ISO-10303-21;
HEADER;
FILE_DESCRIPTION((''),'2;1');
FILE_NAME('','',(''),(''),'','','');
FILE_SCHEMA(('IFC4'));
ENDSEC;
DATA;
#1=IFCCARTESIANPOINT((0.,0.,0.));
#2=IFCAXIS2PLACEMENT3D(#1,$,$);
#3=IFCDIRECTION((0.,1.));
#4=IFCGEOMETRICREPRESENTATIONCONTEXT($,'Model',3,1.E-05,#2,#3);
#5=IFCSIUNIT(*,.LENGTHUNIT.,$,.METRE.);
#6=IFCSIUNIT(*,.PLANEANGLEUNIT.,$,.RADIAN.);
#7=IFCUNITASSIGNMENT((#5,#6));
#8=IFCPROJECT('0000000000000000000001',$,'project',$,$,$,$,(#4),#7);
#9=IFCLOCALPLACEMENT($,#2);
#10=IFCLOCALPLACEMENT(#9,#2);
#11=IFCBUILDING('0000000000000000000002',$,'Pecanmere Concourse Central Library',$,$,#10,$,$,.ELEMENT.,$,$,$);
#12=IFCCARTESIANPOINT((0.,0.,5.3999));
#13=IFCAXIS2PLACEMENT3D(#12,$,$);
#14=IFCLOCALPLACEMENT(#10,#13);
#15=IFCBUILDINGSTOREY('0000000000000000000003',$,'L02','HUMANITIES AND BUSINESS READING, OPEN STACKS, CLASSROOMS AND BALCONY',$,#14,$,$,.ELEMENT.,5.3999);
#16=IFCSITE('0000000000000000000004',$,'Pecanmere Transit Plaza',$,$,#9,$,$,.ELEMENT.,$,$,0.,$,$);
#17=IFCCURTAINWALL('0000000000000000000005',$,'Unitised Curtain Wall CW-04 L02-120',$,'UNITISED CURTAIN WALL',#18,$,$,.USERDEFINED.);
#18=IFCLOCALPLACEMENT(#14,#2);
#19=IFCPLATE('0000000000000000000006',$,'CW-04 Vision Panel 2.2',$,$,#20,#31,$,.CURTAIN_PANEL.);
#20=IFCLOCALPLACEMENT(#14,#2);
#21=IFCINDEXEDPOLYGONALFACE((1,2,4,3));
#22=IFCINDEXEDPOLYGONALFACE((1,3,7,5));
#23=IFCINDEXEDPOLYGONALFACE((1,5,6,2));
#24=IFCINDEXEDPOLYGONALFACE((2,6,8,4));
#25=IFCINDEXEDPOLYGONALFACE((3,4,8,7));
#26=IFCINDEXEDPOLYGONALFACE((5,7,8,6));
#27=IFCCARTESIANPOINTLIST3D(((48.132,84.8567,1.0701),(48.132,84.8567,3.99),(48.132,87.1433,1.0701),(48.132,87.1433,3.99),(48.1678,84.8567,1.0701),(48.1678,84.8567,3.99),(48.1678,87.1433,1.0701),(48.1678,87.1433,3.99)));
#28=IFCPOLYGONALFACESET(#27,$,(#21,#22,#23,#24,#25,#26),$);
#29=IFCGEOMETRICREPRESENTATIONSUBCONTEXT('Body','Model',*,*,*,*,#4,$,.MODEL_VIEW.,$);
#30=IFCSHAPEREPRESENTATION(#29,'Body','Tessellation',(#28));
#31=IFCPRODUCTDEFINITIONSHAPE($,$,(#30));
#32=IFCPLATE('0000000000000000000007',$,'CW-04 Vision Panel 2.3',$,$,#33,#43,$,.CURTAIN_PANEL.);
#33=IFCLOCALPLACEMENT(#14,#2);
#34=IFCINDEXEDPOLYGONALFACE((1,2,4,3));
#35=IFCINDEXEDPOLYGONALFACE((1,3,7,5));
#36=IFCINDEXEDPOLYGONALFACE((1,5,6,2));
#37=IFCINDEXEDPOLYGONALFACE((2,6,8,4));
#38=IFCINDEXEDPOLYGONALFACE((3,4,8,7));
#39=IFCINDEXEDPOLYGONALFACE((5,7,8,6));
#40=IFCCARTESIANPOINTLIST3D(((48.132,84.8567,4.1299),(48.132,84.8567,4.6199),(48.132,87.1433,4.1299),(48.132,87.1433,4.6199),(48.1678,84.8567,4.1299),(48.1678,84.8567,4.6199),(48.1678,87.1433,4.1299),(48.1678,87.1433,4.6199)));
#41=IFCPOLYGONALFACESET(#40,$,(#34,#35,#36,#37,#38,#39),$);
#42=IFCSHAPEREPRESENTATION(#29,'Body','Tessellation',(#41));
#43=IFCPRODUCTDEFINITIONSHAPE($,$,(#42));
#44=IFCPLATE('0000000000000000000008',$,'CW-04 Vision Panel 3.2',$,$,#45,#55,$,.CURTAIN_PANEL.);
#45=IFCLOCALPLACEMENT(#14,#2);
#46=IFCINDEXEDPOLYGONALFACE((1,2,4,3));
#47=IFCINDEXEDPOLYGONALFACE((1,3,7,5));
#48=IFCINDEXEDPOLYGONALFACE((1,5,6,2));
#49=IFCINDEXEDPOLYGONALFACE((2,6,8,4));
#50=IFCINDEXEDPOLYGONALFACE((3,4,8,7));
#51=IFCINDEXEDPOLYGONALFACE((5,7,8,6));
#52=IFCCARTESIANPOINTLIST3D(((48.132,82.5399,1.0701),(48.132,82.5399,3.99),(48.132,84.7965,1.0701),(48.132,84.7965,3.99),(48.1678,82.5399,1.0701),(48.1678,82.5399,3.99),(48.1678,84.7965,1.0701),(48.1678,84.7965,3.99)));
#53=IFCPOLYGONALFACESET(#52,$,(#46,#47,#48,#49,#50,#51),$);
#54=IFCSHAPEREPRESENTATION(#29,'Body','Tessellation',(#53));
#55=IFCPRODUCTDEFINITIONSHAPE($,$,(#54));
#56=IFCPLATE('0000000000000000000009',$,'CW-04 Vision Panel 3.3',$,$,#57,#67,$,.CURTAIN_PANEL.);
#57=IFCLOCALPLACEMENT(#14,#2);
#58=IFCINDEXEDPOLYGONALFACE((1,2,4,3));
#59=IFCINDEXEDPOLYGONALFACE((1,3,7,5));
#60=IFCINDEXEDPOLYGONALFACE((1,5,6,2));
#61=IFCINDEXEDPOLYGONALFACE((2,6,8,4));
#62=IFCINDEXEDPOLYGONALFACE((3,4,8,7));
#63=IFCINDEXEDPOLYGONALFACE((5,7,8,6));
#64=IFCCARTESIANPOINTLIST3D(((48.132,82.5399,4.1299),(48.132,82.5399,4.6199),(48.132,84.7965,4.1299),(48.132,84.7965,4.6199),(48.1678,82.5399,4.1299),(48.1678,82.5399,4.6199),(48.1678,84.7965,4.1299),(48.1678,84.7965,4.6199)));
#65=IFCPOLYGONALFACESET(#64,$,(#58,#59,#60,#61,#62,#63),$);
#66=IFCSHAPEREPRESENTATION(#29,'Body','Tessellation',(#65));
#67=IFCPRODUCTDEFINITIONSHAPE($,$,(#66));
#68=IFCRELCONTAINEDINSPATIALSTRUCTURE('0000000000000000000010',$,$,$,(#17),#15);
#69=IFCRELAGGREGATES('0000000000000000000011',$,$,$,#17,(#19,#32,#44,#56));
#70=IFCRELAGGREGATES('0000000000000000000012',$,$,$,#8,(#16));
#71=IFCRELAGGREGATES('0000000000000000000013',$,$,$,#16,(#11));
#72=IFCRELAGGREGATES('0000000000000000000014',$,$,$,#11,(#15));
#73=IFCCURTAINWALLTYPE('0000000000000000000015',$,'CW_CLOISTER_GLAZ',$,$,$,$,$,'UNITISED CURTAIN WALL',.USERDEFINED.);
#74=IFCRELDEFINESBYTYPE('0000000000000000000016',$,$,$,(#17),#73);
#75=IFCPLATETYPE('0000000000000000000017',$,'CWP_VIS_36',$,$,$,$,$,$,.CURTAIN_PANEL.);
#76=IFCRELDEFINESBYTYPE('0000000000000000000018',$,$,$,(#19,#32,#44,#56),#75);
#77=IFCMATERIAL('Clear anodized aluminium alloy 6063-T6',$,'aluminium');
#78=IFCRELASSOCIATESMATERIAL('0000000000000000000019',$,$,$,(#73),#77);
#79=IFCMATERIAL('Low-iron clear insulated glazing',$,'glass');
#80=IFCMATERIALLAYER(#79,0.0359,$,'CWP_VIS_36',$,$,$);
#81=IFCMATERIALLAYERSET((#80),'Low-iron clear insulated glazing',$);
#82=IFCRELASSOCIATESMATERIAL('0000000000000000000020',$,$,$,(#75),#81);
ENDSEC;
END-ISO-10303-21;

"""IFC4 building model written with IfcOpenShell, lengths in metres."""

from ifc_helpers import new_model, si_unit, direction, frame, origin, origin_2d, place, context, subcontext, project, spatial, rectangle, extrude, material, layer, layer_set, type_object, element, aggregate, save


model = new_model("IFC4")

# Units and contexts
model_context = context("Model", 3, precision=1e-05, world=origin(), true_north=direction((0.0, 1.0)))
body_context = subcontext(model_context, "Body", "Model", "MODEL_VIEW")
ifc_project = project(units=[si_unit("LENGTHUNIT", "METRE"), si_unit("PLANEANGLEUNIT", "RADIAN")], contexts=[model_context])

# Site, building, storey
site_placement = place(None, origin())
site = spatial("IfcSite", under=ifc_project, at=site_placement, Name="Pecanmere Transit Plaza", CompositionType="ELEMENT", RefElevation=0.0)
building_placement = place(site_placement, origin())
building = spatial("IfcBuilding", under=site, at=building_placement, Name="Pecanmere Concourse Central Library", CompositionType="ELEMENT")
storey_placement = place(building_placement, frame((0.0, 0.0, 5.3999)))
storey = spatial("IfcBuildingStorey", under=building, at=storey_placement, Name="L02", Description="HUMANITIES AND BUSINESS READING, OPEN STACKS, CLASSROOMS AND BALCONY", CompositionType="ELEMENT", Elevation=5.3999)

# Curtain wall
ifc_material_1 = material(Name="Clear anodized aluminium alloy 6063-T6", Category="aluminium")
curtain_wall_type = type_object("IfcCurtainWallType", Name="CW_CLOISTER_GLAZ", ElementType="UNITISED CURTAIN WALL", PredefinedType="USERDEFINED", material=ifc_material_1)
curtain_wall_1_placement = place(storey_placement, origin())
curtain_wall_1 = element("IfcCurtainWall", 1, at=curtain_wall_1_placement, inside=storey, type_object=curtain_wall_type, Name="Unitised Curtain Wall CW-04 L02-120", ObjectType="UNITISED CURTAIN WALL", PredefinedType="USERDEFINED")

# Plates
ifc_material_2 = material(Name="Low-iron clear insulated glazing", Category="glass")
ifc_layer_1 = layer(ifc_material_2, 0.0359, Name="CWP_VIS_36")
ifc_layer_set_1 = layer_set([ifc_layer_1], Name="Low-iron clear insulated glazing")
plate_type_1 = type_object("IfcPlateType", Name="CWP_VIS_36", PredefinedType="CURTAIN_PANEL", material=ifc_layer_set_1)
plate_1_placement = place(storey_placement, frame((48.1499, 86.0, 1.0701), z_axis=(0.0, 0.0, 1.0), x_axis=(0.0, -1.0, 0.0)))
plate_1 = element("IfcPlate", 2, at=plate_1_placement, type_object=plate_type_1, Name="CW-04 Vision Panel 2.2", PredefinedType="CURTAIN_PANEL", context=body_context, shape_type="SweptSolid", body=[
    extrude(rectangle(XDim=2.2866, YDim=0.0359, at=origin_2d()), origin(), (0.0, 0.0, 1.0), 2.9199),
])
plate_2_placement = place(storey_placement, frame((48.1499, 86.0, 4.1299), z_axis=(0.0, 0.0, 1.0), x_axis=(0.0, -1.0, 0.0)))
plate_2 = element("IfcPlate", 3, at=plate_2_placement, type_object=plate_type_1, Name="CW-04 Vision Panel 2.3", PredefinedType="CURTAIN_PANEL", context=body_context, shape_type="SweptSolid", body=[
    extrude(rectangle(XDim=2.2866, YDim=0.0359, at=origin_2d()), origin(), (0.0, 0.0, 1.0), 0.49),
])
plate_3_placement = place(storey_placement, frame((48.1499, 83.6682, 1.0701), z_axis=(0.0, 0.0, 1.0), x_axis=(0.0, -1.0, 0.0)))
plate_3 = element("IfcPlate", 4, at=plate_3_placement, type_object=plate_type_1, Name="CW-04 Vision Panel 3.2", PredefinedType="CURTAIN_PANEL", context=body_context, shape_type="SweptSolid", body=[
    extrude(rectangle(XDim=2.2566, YDim=0.0359, at=origin_2d()), origin(), (0.0, 0.0, 1.0), 2.9199),
])
plate_4_placement = place(storey_placement, frame((48.1499, 83.6682, 4.1299), z_axis=(0.0, 0.0, 1.0), x_axis=(0.0, -1.0, 0.0)))
plate_4 = element("IfcPlate", 5, at=plate_4_placement, type_object=plate_type_1, Name="CW-04 Vision Panel 3.3", PredefinedType="CURTAIN_PANEL", context=body_context, shape_type="SweptSolid", body=[
    extrude(rectangle(XDim=2.2566, YDim=0.0359, at=origin_2d()), origin(), (0.0, 0.0, 1.0), 0.49),
])
aggregate(curtain_wall_1, [plate_1, plate_2, plate_3, plate_4])

save(model, "model.ifc")
